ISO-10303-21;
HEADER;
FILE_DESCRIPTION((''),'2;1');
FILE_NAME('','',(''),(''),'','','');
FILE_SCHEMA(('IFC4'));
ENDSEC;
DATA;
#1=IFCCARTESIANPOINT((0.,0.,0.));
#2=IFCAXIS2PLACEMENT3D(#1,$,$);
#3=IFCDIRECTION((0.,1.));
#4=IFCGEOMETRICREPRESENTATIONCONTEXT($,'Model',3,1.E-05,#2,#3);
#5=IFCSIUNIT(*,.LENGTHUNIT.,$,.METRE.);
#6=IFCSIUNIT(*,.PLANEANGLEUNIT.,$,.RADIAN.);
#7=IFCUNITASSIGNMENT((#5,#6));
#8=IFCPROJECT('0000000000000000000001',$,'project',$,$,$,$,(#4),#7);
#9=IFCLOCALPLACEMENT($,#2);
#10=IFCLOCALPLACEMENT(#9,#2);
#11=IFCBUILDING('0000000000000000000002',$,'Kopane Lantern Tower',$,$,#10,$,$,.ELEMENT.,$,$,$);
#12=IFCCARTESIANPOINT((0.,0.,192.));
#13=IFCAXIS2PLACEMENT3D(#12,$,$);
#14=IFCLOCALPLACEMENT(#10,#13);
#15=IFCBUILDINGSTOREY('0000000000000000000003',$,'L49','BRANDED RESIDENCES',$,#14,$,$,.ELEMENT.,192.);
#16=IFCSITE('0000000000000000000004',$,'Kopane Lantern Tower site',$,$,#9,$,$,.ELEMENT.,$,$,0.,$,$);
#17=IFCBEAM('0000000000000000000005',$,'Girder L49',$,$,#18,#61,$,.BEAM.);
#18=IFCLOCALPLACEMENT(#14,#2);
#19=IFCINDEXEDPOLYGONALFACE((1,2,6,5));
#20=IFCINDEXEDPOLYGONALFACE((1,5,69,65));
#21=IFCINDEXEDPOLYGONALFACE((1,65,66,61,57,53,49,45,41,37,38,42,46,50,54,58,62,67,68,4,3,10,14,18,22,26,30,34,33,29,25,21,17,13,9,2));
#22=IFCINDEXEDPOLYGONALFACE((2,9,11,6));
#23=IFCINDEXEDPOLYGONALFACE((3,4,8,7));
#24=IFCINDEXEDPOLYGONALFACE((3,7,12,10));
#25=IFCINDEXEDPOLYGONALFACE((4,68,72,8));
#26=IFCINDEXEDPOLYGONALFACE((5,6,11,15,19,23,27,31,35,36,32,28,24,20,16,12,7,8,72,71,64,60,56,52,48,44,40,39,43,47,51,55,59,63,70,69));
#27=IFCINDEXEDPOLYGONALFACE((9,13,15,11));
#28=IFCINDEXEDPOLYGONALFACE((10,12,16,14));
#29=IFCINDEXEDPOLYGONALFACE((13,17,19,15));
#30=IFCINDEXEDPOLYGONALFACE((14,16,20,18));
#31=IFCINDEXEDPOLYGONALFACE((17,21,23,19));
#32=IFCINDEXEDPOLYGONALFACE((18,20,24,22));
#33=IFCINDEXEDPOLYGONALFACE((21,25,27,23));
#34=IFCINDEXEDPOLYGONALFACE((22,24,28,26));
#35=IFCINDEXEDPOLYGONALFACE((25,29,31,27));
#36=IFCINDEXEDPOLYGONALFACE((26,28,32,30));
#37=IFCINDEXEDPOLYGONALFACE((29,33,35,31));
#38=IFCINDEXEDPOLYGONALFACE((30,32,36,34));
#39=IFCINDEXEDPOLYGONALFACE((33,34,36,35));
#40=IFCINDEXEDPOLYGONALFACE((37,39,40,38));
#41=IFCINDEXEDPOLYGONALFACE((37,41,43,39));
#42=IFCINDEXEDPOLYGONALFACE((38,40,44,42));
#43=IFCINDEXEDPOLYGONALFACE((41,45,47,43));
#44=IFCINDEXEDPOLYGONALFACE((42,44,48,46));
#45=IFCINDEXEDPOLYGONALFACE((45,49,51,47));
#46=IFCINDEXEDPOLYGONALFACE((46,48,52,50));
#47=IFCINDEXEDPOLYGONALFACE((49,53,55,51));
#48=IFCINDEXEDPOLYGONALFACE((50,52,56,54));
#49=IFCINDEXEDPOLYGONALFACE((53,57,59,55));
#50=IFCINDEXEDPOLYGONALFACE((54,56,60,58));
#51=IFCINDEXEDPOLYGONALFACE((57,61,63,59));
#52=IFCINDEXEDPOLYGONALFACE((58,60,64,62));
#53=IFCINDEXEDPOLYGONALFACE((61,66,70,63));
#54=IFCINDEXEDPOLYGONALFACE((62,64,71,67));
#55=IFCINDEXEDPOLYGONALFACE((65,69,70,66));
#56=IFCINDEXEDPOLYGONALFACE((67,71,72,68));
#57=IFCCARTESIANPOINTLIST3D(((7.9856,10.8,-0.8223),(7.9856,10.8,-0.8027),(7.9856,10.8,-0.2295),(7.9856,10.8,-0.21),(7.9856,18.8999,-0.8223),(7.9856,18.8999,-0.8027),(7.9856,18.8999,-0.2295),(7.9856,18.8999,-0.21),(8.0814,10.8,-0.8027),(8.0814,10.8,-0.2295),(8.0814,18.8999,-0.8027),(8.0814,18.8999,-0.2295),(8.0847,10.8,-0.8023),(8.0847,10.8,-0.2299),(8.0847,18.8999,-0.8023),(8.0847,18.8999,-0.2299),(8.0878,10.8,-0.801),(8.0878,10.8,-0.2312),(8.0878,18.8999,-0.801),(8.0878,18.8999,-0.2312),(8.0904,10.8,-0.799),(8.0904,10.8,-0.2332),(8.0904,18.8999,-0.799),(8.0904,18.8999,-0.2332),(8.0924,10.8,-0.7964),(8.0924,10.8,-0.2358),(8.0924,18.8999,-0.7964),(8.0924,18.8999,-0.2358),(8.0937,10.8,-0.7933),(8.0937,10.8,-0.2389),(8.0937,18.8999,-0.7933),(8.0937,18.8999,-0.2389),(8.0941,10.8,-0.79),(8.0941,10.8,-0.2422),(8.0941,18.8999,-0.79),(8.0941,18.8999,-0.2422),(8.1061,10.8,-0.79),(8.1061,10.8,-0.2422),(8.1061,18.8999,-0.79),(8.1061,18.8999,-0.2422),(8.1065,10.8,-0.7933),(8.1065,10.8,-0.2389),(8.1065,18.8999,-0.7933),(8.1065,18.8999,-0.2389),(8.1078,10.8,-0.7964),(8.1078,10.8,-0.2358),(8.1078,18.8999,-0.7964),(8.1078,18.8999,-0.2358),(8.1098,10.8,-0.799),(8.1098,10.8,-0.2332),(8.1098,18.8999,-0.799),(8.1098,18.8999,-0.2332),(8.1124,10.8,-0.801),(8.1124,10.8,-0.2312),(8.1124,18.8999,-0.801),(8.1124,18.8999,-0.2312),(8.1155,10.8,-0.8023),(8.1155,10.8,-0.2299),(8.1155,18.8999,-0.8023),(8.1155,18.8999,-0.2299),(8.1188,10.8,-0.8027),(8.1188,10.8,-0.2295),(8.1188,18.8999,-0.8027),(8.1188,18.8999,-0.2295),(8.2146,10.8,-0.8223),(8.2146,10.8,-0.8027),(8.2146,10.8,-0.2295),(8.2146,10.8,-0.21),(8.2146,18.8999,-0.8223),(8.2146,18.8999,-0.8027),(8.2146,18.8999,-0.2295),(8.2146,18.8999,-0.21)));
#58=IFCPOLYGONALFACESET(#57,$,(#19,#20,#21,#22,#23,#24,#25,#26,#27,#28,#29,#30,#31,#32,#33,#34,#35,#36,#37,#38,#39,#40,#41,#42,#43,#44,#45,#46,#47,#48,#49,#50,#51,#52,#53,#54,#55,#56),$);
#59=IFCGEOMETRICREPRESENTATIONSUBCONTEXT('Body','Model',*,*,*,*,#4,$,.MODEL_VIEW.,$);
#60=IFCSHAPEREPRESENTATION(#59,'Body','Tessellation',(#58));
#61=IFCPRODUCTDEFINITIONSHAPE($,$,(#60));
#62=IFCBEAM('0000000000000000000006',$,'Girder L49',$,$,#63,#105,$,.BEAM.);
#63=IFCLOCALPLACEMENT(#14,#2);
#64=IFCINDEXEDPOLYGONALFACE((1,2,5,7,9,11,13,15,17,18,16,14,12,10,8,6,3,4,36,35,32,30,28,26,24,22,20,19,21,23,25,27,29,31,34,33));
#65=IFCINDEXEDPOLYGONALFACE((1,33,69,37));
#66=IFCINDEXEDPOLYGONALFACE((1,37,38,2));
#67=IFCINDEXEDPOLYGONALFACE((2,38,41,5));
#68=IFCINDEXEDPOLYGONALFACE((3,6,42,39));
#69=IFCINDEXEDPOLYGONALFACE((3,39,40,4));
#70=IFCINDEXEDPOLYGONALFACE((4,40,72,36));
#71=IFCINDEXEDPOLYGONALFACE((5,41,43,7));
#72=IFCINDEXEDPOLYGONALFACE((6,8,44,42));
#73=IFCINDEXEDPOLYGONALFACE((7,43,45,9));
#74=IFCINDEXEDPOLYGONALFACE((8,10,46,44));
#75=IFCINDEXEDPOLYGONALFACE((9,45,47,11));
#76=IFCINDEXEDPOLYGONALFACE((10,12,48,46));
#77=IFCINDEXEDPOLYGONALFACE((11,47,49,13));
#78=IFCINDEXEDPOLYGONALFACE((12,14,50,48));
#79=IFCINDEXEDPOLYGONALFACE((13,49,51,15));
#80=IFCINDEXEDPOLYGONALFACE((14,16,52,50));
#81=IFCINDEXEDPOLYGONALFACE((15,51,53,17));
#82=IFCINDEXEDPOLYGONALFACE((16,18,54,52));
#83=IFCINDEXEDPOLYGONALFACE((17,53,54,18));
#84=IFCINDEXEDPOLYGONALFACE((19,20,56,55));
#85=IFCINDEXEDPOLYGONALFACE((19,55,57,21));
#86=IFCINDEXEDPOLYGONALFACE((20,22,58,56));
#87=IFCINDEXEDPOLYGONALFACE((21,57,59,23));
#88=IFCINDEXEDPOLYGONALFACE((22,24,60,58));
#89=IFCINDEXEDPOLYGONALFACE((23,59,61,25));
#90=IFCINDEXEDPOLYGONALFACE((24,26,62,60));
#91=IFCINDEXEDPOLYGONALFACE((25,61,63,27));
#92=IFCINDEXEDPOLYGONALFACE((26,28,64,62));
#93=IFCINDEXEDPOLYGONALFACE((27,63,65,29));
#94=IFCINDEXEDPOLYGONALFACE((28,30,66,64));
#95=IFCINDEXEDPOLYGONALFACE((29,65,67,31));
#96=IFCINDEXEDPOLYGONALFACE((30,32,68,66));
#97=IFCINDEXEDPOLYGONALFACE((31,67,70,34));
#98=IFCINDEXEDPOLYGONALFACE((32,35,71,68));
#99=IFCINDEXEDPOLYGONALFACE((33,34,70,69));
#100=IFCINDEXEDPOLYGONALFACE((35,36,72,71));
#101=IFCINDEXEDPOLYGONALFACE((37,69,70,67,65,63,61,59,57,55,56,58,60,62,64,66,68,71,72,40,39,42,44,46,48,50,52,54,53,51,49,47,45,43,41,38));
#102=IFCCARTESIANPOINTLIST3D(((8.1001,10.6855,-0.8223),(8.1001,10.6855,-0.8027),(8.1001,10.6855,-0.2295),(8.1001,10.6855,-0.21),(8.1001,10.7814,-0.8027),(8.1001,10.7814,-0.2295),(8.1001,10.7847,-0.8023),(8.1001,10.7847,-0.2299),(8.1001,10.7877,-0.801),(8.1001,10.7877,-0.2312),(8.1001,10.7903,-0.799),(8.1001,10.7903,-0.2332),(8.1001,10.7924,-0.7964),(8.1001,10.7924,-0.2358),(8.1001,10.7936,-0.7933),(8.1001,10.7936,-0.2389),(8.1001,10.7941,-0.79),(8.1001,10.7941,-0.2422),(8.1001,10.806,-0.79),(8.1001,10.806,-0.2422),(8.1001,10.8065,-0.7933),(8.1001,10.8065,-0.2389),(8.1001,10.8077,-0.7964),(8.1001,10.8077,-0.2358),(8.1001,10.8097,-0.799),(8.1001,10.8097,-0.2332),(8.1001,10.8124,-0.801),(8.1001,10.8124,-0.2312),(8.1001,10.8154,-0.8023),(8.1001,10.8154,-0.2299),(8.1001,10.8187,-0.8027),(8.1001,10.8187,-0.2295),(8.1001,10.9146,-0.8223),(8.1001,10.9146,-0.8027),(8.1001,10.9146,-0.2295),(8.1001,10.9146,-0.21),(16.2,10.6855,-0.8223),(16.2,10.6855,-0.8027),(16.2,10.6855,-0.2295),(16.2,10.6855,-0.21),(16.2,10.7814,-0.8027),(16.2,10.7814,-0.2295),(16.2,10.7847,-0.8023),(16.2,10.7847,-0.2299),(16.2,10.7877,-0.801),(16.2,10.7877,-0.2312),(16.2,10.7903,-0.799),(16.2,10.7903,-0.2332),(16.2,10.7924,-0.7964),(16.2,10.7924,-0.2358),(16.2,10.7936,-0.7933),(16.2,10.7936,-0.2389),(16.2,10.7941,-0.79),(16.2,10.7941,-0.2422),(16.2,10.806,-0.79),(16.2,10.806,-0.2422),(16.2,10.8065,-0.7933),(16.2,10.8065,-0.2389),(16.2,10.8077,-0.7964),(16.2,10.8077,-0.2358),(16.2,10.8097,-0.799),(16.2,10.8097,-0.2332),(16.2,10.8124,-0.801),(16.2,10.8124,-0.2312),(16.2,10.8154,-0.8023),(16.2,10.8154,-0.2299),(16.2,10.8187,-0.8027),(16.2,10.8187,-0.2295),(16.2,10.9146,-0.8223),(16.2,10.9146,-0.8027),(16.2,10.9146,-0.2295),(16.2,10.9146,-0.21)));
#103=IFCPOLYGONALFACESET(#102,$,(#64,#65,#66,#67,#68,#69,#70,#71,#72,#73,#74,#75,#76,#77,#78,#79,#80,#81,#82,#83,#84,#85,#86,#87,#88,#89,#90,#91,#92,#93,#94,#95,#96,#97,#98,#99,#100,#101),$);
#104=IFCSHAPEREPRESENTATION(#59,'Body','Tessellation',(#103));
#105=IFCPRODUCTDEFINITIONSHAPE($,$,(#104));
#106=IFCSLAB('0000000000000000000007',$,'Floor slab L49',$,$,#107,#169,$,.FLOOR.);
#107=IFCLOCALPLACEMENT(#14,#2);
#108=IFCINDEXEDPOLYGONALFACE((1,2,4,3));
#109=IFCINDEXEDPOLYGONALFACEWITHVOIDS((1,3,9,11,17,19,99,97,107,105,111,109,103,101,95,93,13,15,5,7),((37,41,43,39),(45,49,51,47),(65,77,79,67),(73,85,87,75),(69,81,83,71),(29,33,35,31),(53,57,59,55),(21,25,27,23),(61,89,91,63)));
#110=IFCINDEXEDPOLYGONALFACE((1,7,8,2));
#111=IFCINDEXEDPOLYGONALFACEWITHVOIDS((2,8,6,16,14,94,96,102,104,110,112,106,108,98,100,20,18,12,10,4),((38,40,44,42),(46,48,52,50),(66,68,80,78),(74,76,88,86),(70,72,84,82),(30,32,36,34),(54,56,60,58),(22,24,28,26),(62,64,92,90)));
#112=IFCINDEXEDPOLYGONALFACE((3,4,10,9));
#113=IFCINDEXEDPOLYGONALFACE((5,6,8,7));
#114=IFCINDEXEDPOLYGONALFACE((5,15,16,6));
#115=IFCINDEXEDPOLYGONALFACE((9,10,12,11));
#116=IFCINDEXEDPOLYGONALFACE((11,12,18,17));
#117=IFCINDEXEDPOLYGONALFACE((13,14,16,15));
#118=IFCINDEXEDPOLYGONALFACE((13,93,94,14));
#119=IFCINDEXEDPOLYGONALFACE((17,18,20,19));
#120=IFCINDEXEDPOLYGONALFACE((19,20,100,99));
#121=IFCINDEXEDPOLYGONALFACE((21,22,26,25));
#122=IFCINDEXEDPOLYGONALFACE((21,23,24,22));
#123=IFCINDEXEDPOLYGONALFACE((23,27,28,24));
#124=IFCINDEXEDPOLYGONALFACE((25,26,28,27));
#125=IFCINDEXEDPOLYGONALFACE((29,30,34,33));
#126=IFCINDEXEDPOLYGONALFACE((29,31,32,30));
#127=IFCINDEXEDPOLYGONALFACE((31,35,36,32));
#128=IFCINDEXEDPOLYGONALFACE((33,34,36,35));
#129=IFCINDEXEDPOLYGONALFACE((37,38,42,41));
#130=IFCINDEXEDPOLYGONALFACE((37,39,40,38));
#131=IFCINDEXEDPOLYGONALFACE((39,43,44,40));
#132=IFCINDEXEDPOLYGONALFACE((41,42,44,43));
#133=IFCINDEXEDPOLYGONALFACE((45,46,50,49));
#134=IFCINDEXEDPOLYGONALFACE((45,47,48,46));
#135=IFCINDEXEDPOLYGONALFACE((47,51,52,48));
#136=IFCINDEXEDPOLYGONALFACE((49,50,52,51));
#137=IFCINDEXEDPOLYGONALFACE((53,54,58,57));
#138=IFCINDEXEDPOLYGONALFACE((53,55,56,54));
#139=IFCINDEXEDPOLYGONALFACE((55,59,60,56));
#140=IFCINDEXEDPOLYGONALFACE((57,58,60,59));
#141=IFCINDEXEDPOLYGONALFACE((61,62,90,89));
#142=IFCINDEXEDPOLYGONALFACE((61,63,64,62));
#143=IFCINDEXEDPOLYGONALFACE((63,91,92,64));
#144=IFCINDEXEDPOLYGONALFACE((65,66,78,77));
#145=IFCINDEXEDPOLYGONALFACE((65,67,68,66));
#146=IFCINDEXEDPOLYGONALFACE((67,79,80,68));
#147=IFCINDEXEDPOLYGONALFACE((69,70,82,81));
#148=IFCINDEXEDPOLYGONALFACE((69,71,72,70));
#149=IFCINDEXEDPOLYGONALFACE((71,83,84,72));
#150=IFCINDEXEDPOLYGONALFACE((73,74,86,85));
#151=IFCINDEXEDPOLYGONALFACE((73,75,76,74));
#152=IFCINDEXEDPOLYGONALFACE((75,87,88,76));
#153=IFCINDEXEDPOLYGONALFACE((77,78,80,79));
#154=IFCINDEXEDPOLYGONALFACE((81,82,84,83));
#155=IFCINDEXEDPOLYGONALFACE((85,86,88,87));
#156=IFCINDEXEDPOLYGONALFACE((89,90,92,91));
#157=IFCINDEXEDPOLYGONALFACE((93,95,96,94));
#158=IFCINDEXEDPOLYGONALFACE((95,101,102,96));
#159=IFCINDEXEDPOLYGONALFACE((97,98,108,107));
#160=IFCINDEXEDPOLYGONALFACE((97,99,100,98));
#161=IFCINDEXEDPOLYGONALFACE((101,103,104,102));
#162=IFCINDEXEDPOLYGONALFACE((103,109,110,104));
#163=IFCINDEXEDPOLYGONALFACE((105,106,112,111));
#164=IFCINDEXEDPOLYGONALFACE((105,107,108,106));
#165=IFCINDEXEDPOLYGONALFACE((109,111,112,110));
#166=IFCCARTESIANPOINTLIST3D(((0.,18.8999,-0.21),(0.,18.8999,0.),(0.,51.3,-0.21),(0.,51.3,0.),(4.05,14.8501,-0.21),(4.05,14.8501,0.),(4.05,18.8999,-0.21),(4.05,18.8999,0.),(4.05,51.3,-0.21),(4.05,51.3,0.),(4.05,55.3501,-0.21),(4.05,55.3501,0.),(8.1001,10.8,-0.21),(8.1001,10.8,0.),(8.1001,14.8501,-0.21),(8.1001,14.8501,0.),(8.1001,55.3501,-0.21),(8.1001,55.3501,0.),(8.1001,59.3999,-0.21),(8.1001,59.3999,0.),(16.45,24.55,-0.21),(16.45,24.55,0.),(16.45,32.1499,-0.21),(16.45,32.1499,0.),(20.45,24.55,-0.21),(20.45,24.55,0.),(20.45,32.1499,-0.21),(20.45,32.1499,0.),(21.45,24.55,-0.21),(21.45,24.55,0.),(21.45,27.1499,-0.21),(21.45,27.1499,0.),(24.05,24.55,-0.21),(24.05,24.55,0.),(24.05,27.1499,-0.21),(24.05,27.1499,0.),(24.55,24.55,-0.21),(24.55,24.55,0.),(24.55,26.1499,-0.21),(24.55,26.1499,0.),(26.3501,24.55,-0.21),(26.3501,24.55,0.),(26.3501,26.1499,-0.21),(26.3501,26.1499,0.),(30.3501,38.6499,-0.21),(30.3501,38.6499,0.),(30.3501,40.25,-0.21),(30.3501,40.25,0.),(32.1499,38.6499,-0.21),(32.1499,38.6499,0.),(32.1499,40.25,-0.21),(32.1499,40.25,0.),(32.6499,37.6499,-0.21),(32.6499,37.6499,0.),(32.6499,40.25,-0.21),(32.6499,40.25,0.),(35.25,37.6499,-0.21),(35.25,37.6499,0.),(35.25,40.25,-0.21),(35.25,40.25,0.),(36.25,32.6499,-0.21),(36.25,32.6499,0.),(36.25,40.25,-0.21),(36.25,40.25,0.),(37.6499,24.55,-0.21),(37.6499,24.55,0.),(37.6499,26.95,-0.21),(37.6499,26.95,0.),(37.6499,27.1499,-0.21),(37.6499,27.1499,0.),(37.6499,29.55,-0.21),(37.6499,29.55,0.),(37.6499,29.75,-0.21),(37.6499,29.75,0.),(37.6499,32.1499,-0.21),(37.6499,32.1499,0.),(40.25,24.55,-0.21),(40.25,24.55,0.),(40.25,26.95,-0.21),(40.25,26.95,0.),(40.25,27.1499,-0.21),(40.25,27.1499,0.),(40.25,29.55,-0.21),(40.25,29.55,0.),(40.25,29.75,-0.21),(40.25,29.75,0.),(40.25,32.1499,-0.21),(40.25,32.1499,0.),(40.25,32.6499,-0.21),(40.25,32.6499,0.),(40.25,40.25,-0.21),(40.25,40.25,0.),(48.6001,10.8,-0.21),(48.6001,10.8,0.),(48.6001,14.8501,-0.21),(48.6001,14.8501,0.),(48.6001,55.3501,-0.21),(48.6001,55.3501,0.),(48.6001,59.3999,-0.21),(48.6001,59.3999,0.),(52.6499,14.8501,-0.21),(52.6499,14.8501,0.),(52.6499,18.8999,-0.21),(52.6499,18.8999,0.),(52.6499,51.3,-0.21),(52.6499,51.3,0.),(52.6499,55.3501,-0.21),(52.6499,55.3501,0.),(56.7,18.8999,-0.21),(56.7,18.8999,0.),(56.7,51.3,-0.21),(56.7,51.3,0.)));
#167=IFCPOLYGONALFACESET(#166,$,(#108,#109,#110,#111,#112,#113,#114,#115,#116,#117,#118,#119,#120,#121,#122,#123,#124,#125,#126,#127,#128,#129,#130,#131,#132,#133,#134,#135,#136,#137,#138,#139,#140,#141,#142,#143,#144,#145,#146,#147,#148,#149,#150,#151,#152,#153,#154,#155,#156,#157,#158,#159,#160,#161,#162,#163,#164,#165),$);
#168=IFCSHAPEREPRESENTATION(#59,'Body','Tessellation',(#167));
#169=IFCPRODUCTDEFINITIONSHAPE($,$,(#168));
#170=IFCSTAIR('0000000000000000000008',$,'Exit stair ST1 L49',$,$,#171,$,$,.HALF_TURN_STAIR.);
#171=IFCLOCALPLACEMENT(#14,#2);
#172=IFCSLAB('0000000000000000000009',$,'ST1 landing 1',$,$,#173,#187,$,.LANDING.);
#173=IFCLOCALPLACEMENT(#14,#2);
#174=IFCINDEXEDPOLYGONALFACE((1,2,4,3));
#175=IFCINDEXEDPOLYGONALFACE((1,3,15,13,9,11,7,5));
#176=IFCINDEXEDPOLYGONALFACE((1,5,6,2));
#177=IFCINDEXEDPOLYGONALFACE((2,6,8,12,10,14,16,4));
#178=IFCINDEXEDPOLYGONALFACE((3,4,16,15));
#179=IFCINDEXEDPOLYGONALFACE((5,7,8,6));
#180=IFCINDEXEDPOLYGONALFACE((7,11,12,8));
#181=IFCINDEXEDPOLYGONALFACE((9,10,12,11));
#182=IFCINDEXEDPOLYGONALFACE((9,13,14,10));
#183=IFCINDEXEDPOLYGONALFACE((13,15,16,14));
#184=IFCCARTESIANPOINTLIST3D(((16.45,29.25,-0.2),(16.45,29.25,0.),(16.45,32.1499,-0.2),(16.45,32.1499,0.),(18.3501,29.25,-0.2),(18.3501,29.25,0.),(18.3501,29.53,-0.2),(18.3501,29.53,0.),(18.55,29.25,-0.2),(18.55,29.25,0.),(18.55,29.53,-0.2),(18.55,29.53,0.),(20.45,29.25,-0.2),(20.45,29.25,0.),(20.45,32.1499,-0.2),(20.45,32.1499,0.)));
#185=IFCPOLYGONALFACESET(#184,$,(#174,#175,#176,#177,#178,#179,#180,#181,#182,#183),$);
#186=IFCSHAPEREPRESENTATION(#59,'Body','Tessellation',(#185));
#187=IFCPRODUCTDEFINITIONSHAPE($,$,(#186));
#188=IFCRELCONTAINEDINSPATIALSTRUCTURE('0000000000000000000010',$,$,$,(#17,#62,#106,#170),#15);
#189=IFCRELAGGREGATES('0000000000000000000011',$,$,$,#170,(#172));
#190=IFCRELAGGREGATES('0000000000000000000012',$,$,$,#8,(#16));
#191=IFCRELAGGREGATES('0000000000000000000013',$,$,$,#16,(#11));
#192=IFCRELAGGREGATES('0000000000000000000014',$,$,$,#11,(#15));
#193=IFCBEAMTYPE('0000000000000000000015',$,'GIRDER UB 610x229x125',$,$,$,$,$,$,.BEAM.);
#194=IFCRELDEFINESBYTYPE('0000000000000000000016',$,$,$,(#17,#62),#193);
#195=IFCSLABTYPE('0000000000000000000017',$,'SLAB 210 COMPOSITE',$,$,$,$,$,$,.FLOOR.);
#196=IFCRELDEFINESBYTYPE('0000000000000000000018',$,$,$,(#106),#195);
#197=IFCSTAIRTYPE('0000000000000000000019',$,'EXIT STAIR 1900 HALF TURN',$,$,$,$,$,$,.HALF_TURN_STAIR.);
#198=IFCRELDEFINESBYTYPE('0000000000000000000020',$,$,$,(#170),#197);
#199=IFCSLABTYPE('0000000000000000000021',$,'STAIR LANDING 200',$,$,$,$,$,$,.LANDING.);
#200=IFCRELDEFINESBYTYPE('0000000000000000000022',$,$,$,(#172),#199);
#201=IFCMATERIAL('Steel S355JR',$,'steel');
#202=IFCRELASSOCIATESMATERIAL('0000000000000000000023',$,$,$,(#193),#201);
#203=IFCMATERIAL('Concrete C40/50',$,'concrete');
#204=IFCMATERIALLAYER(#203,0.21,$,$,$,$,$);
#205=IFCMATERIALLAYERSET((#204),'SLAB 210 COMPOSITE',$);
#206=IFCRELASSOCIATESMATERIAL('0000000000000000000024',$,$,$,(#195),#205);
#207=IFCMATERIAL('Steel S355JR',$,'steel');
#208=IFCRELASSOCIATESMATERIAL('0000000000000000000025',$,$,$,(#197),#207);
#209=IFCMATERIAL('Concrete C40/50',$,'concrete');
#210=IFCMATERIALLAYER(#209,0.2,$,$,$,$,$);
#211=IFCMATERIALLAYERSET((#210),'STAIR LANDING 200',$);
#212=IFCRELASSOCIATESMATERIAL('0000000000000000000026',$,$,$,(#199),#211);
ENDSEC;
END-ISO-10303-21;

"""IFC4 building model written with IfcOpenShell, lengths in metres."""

from ifc_helpers import new_model, si_unit, direction, frame, origin, origin_2d, place, context, subcontext, project, spatial, polyline, i_section, outline, extrude, material, layer, layer_set, material_profile, profile_set, type_object, element, aggregate, save


model = new_model("IFC4")

# Units and contexts
model_context = context("Model", 3, precision=1e-05, world=origin(), true_north=direction((0.0, 1.0)))
body_context = subcontext(model_context, "Body", "Model", "MODEL_VIEW")
ifc_project = project(units=[si_unit("LENGTHUNIT", "METRE"), si_unit("PLANEANGLEUNIT", "RADIAN")], contexts=[model_context])

# Site, building, storey
site_placement = place(None, origin())
site = spatial("IfcSite", under=ifc_project, at=site_placement, Name="Kopane Lantern Tower site", CompositionType="ELEMENT", RefElevation=0.0)
building_placement = place(site_placement, origin())
building = spatial("IfcBuilding", under=site, at=building_placement, Name="Kopane Lantern Tower", CompositionType="ELEMENT")
storey_placement = place(building_placement, frame((0.0, 0.0, 192.0)))
storey = spatial("IfcBuildingStorey", under=building, at=storey_placement, Name="L49", Description="BRANDED RESIDENCES", CompositionType="ELEMENT", Elevation=192.0)

# Beams
ifc_material_1 = material(Name="Steel S355JR", Category="steel")
ifc_material_profile_1 = material_profile(ifc_material_1, i_section(OverallWidth=0.229, OverallDepth=0.6123, WebThickness=0.012, FlangeThickness=0.0195, FilletRadius=0.0127, at=origin_2d()), Name="UB 610x229x125")
ifc_profile_set_1 = profile_set([ifc_material_profile_1], Name="Steel S355JR")
beam_type_1 = type_object("IfcBeamType", Name="GIRDER UB 610x229x125", PredefinedType="BEAM", material=ifc_profile_set_1)
for number, where, z_axis, x_axis, name in (
    (1, (8.1001, 10.8, -0.5161), (0.0, 1.0, 0.0), (-1.0, 0.0, 0.0), "Girder L49"),
    (2, (8.1001, 10.8, -0.5161), (1.0, 0.0, 0.0), (0.0, 1.0, 0.0), "Girder L49"),
):
    element("IfcBeam", number, at=place(storey_placement, frame(where, z_axis=z_axis, x_axis=x_axis)), inside=storey, type_object=beam_type_1, Name=name, PredefinedType="BEAM", context=body_context, shape_type="SweptSolid", body=[
        extrude(i_section(OverallWidth=0.229, OverallDepth=0.6123, WebThickness=0.012, FlangeThickness=0.0195, FilletRadius=0.0127, at=origin_2d()), origin(), (0.0, 0.0, 1.0), 8.0999),
    ])

# Slab
ifc_material_2 = material(Name="Concrete C40/50", Category="concrete")
ifc_layer_1 = layer(ifc_material_2, 0.21)
ifc_layer_set_1 = layer_set([ifc_layer_1], Name="SLAB 210 COMPOSITE")
slab_type_1 = type_object("IfcSlabType", Name="SLAB 210 COMPOSITE", PredefinedType="FLOOR", material=ifc_layer_set_1)
slab_1_placement = place(storey_placement, frame((0.0, 0.0, -0.21)))
element("IfcSlab", 3, at=slab_1_placement, inside=storey, type_object=slab_type_1, Name="Floor slab L49", PredefinedType="FLOOR", context=body_context, shape_type="SweptSolid", body=[
    extrude(outline(polyline([(8.1001, 10.8), (48.6001, 10.8), (48.6001, 14.8501), (52.6499, 14.8501), (52.6499, 18.8999), (56.7, 18.8999), (56.7, 51.3), (52.6499, 51.3), (52.6499, 55.3501), (48.6001, 55.3501), (48.6001, 59.3999), (8.1001, 59.3999), (8.1001, 55.3501), (4.05, 55.3501), (4.05, 51.3), (0.0, 51.3), (0.0, 18.8999), (4.05, 18.8999), (4.05, 14.8501), (8.1001, 14.8501), (8.1001, 10.8)]), holes=[polyline([(16.45, 24.55), (20.45, 24.55), (20.45, 32.1499), (16.45, 32.1499), (16.45, 24.55)]), polyline([(36.25, 32.6499), (40.25, 32.6499), (40.25, 40.25), (36.25, 40.25), (36.25, 32.6499)]), polyline([(37.6499, 24.55), (40.25, 24.55), (40.25, 26.95), (37.6499, 26.95), (37.6499, 24.55)]), polyline([(37.6499, 27.1499), (40.25, 27.1499), (40.25, 29.55), (37.6499, 29.55), (37.6499, 27.1499)]), polyline([(37.6499, 29.75), (40.25, 29.75), (40.25, 32.1499), (37.6499, 32.1499), (37.6499, 29.75)]), polyline([(21.45, 24.55), (24.05, 24.55), (24.05, 27.1499), (21.45, 27.1499), (21.45, 24.55)]), polyline([(32.6499, 37.6499), (35.25, 37.6499), (35.25, 40.25), (32.6499, 40.25), (32.6499, 37.6499)]), polyline([(24.55, 24.55), (26.3501, 24.55), (26.3501, 26.1499), (24.55, 26.1499), (24.55, 24.55)]), polyline([(30.3501, 38.6499), (32.1499, 38.6499), (32.1499, 40.25), (30.3501, 40.25), (30.3501, 38.6499)])]), origin(), (0.0, 0.0, 1.0), 0.21),
])

# Stair, slab
ifc_material_3 = material(Name="Steel S355JR", Category="steel")
stair_type = type_object("IfcStairType", Name="EXIT STAIR 1900 HALF TURN", PredefinedType="HALF_TURN_STAIR", material=ifc_material_3)
stair_1_placement = place(storey_placement, origin())
stair_1 = element("IfcStair", 4, at=stair_1_placement, inside=storey, type_object=stair_type, Name="Exit stair ST1 L49", PredefinedType="HALF_TURN_STAIR")
ifc_material_4 = material(Name="Concrete C40/50", Category="concrete")
ifc_layer_2 = layer(ifc_material_4, 0.2)
ifc_layer_set_2 = layer_set([ifc_layer_2], Name="STAIR LANDING 200")
slab_type_2 = type_object("IfcSlabType", Name="STAIR LANDING 200", PredefinedType="LANDING", material=ifc_layer_set_2)
slab_2_placement = place(storey_placement, frame((0.0, 0.0, -0.2)))
slab_2 = element("IfcSlab", 5, at=slab_2_placement, type_object=slab_type_2, Name="ST1 landing 1", PredefinedType="LANDING", context=body_context, shape_type="SweptSolid", body=[
    extrude(outline(polyline([(18.3501, 29.53), (18.55, 29.53), (18.55, 29.25), (20.45, 29.25), (20.45, 32.1499), (16.45, 32.1499), (16.45, 29.25), (18.3501, 29.25), (18.3501, 29.53)])), origin(), (0.0, 0.0, 1.0), 0.2),
])
aggregate(stair_1, [slab_2])

save(model, "model.ifc")
